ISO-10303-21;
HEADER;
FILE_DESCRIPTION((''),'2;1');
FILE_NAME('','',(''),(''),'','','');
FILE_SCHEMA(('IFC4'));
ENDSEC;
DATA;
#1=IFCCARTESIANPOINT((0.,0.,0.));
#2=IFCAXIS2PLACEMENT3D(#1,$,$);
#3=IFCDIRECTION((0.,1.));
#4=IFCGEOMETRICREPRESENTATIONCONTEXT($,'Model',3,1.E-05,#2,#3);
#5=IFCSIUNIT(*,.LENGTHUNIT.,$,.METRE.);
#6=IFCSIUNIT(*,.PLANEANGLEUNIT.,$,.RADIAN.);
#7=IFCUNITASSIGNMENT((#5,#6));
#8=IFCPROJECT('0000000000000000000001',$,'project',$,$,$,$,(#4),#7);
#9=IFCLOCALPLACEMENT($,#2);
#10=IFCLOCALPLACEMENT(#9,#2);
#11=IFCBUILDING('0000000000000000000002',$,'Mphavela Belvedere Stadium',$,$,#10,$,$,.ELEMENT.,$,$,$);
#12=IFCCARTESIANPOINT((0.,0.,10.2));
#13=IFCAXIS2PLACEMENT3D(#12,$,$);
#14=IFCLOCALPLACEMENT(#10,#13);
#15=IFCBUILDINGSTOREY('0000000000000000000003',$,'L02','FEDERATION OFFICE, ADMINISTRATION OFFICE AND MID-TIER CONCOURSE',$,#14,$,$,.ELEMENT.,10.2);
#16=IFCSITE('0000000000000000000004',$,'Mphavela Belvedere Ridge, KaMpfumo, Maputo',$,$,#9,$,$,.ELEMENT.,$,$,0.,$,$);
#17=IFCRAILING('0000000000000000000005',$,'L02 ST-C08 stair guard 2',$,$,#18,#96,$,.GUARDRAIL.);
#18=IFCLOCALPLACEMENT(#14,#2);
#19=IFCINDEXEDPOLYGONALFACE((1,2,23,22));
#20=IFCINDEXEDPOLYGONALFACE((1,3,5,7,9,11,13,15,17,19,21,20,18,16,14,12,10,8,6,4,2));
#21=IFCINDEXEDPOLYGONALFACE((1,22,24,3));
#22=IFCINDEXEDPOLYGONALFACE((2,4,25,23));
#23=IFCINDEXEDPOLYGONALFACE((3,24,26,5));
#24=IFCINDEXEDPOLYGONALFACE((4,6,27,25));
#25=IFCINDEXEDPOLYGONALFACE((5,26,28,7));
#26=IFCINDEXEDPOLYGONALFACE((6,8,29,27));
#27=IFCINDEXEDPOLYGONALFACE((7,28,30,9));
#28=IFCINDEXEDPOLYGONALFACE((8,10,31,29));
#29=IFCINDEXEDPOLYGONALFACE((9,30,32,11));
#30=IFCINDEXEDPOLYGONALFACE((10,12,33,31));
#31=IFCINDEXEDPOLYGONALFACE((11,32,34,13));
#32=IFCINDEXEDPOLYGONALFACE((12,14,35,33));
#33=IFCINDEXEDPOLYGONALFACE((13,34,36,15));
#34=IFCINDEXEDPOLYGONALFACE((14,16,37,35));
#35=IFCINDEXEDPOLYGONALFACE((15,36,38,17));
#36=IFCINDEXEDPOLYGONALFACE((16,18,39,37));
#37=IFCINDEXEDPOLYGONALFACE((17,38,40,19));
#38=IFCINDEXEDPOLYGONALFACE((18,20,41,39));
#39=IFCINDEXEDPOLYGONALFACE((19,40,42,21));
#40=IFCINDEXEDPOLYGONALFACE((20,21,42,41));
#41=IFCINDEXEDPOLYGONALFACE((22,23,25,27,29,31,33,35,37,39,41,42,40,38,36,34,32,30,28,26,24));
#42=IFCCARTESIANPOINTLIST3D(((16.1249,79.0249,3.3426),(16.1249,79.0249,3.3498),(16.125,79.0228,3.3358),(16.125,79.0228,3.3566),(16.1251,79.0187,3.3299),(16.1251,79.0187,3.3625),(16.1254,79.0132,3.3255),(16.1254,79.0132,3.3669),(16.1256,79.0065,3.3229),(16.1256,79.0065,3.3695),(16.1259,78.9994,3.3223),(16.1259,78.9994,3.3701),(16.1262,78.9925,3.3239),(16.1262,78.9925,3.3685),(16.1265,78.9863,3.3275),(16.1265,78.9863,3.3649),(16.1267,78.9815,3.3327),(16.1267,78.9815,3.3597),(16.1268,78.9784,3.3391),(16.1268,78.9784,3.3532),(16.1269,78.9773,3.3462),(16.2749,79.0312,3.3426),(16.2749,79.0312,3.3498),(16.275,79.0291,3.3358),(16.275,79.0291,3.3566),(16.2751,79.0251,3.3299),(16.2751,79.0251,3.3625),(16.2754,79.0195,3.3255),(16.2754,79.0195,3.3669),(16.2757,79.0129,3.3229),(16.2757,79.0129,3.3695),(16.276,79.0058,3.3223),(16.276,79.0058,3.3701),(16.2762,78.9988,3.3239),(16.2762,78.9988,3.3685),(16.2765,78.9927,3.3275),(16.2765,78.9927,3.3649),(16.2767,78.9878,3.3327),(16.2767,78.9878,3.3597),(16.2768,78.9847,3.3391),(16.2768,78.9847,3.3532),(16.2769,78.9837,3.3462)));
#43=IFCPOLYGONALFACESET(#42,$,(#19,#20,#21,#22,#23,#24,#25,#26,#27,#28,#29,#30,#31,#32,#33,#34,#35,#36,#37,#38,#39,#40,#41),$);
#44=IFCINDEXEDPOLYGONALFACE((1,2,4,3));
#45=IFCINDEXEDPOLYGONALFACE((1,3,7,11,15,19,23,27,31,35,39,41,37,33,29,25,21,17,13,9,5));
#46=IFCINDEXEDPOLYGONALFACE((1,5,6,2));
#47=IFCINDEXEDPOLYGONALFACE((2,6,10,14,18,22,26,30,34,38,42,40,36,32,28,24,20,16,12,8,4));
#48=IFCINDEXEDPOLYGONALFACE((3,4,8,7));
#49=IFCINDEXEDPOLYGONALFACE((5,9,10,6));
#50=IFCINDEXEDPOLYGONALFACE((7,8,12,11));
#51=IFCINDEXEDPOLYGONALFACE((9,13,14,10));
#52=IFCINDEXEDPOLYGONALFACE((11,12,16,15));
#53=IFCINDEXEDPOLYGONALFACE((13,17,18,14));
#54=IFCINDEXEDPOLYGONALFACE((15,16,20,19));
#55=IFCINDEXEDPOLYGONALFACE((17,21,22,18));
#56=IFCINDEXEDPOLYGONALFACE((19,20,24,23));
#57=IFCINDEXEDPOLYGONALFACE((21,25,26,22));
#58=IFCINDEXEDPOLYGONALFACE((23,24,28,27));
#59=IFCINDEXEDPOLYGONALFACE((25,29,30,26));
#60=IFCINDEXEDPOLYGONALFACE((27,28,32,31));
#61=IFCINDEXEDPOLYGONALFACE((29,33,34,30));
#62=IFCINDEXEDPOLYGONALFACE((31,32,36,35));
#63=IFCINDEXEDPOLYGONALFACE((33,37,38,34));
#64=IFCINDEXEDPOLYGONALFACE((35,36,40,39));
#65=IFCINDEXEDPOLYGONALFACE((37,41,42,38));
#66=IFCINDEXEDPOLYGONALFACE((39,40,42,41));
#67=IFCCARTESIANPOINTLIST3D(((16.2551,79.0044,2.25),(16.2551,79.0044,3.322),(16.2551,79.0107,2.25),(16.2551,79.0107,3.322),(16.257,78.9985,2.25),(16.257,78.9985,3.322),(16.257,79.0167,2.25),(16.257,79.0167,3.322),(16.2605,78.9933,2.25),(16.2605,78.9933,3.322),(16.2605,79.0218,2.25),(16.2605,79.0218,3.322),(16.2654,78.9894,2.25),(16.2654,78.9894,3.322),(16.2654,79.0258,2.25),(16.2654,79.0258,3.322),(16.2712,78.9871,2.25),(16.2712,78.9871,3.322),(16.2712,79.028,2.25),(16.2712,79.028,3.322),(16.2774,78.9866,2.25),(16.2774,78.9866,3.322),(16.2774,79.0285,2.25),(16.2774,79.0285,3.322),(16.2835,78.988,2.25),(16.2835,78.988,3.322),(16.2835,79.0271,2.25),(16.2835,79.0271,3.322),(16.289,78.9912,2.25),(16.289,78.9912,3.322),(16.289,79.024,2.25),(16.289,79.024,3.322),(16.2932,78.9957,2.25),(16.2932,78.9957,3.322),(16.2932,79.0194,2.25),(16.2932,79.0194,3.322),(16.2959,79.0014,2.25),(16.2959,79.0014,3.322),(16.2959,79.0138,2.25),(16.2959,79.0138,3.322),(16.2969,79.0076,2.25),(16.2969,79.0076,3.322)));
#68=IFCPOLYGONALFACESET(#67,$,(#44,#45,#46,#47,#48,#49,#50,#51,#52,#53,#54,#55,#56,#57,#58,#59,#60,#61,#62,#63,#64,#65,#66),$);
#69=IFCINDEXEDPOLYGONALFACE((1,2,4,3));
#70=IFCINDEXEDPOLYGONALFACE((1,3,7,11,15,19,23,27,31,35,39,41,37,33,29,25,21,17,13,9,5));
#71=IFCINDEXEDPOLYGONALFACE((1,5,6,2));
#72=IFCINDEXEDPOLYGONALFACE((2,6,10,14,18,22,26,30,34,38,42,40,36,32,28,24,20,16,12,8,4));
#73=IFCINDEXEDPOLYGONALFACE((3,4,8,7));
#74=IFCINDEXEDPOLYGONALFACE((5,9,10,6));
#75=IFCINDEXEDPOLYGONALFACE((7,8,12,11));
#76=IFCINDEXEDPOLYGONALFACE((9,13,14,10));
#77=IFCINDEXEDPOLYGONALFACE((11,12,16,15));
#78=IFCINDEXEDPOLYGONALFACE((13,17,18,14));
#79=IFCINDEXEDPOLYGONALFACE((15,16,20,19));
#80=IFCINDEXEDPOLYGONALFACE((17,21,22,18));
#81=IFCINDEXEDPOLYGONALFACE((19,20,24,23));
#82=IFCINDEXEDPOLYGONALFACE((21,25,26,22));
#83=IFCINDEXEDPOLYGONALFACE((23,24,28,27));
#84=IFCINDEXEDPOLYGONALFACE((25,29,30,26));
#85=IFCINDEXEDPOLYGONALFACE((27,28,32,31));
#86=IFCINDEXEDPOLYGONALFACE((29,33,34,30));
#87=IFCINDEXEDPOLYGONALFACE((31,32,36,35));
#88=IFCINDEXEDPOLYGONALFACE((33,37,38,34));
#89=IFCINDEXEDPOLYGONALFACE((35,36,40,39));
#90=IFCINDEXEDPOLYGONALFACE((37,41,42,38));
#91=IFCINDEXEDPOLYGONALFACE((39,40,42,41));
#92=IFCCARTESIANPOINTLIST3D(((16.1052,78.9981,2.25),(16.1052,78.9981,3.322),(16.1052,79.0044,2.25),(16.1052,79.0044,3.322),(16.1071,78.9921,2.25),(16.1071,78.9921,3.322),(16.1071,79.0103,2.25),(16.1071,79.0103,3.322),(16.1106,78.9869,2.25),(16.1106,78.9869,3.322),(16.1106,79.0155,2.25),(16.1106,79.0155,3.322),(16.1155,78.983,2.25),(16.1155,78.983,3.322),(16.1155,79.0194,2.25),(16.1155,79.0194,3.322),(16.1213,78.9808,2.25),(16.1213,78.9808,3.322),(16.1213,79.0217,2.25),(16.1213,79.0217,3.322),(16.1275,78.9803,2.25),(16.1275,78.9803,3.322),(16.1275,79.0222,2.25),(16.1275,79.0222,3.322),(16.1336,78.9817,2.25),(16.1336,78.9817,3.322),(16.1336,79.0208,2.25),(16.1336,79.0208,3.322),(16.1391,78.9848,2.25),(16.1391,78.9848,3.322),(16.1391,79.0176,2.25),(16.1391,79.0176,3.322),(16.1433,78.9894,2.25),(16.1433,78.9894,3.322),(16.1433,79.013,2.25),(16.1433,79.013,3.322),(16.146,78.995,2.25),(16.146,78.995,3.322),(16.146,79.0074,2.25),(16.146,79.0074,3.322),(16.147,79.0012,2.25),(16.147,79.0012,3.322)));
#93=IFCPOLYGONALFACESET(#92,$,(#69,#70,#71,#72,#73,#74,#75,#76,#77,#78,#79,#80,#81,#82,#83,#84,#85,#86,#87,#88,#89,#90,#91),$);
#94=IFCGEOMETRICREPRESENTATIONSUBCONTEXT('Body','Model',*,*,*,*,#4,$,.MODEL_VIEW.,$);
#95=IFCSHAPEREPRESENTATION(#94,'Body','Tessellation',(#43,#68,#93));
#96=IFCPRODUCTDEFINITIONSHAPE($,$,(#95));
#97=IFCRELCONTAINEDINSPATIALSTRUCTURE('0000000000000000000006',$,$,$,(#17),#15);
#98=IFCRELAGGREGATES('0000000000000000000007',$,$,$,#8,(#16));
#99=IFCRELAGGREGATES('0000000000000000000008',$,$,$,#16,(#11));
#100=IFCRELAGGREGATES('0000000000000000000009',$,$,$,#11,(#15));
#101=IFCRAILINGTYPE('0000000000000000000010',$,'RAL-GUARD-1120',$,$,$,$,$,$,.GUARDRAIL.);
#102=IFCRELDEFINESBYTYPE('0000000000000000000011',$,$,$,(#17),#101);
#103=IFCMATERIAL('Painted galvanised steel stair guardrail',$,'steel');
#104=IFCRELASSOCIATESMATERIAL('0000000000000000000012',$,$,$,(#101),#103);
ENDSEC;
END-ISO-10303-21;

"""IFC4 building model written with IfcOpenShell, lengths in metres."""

from ifc_helpers import new_model, si_unit, direction, frame, origin, origin_2d, place, context, subcontext, project, spatial, circle, extrude, material, type_object, element, save


model = new_model("IFC4")

# Units and contexts
model_context = context("Model", 3, precision=1e-05, world=origin(), true_north=direction((0.0, 1.0)))
body_context = subcontext(model_context, "Body", "Model", "MODEL_VIEW")
ifc_project = project(units=[si_unit("LENGTHUNIT", "METRE"), si_unit("PLANEANGLEUNIT", "RADIAN")], contexts=[model_context])

# Site, building, storey
site_placement = place(None, origin())
site = spatial("IfcSite", under=ifc_project, at=site_placement, Name="Mphavela Belvedere Ridge, KaMpfumo, Maputo", CompositionType="ELEMENT", RefElevation=0.0)
building_placement = place(site_placement, origin())
building = spatial("IfcBuilding", under=site, at=building_placement, Name="Mphavela Belvedere Stadium", CompositionType="ELEMENT")
storey_placement = place(building_placement, frame((0.0, 0.0, 10.2)))
storey = spatial("IfcBuildingStorey", under=building, at=storey_placement, Name="L02", Description="FEDERATION OFFICE, ADMINISTRATION OFFICE AND MID-TIER CONCOURSE", CompositionType="ELEMENT", Elevation=10.2)

# Railing
ifc_material_1 = material(Name="Painted galvanised steel stair guardrail", Category="steel")
railing_type_1 = type_object("IfcRailingType", Name="RAL-GUARD-1120", PredefinedType="GUARDRAIL", material=ifc_material_1)
railing_1_placement = place(storey_placement, frame((16.2759, 79.0076, 2.25)))
element("IfcRailing", 1, at=railing_1_placement, inside=storey, type_object=railing_type_1, Name="L02 ST-C08 stair guard 2", PredefinedType="GUARDRAIL", context=body_context, shape_type="SweptSolid", body=[
    extrude(circle(Radius=0.0239, at=origin_2d()), frame((0.0, 0.0, 1.0962), z_axis=(-0.999105, -0.042307, 0.0), x_axis=(0.042307, -0.999105, 0.0)), (0.0, 0.0, 1.0), 0.1501),
    extrude(circle(Radius=0.021, at=origin_2d()), origin(), (0.0, 0.0, 1.0), 1.072),
    extrude(circle(Radius=0.021, at=origin_2d()), frame((-0.1499, -0.0063, 0.0)), (0.0, 0.0, 1.0), 1.072),
])

save(model, "model.ifc")
